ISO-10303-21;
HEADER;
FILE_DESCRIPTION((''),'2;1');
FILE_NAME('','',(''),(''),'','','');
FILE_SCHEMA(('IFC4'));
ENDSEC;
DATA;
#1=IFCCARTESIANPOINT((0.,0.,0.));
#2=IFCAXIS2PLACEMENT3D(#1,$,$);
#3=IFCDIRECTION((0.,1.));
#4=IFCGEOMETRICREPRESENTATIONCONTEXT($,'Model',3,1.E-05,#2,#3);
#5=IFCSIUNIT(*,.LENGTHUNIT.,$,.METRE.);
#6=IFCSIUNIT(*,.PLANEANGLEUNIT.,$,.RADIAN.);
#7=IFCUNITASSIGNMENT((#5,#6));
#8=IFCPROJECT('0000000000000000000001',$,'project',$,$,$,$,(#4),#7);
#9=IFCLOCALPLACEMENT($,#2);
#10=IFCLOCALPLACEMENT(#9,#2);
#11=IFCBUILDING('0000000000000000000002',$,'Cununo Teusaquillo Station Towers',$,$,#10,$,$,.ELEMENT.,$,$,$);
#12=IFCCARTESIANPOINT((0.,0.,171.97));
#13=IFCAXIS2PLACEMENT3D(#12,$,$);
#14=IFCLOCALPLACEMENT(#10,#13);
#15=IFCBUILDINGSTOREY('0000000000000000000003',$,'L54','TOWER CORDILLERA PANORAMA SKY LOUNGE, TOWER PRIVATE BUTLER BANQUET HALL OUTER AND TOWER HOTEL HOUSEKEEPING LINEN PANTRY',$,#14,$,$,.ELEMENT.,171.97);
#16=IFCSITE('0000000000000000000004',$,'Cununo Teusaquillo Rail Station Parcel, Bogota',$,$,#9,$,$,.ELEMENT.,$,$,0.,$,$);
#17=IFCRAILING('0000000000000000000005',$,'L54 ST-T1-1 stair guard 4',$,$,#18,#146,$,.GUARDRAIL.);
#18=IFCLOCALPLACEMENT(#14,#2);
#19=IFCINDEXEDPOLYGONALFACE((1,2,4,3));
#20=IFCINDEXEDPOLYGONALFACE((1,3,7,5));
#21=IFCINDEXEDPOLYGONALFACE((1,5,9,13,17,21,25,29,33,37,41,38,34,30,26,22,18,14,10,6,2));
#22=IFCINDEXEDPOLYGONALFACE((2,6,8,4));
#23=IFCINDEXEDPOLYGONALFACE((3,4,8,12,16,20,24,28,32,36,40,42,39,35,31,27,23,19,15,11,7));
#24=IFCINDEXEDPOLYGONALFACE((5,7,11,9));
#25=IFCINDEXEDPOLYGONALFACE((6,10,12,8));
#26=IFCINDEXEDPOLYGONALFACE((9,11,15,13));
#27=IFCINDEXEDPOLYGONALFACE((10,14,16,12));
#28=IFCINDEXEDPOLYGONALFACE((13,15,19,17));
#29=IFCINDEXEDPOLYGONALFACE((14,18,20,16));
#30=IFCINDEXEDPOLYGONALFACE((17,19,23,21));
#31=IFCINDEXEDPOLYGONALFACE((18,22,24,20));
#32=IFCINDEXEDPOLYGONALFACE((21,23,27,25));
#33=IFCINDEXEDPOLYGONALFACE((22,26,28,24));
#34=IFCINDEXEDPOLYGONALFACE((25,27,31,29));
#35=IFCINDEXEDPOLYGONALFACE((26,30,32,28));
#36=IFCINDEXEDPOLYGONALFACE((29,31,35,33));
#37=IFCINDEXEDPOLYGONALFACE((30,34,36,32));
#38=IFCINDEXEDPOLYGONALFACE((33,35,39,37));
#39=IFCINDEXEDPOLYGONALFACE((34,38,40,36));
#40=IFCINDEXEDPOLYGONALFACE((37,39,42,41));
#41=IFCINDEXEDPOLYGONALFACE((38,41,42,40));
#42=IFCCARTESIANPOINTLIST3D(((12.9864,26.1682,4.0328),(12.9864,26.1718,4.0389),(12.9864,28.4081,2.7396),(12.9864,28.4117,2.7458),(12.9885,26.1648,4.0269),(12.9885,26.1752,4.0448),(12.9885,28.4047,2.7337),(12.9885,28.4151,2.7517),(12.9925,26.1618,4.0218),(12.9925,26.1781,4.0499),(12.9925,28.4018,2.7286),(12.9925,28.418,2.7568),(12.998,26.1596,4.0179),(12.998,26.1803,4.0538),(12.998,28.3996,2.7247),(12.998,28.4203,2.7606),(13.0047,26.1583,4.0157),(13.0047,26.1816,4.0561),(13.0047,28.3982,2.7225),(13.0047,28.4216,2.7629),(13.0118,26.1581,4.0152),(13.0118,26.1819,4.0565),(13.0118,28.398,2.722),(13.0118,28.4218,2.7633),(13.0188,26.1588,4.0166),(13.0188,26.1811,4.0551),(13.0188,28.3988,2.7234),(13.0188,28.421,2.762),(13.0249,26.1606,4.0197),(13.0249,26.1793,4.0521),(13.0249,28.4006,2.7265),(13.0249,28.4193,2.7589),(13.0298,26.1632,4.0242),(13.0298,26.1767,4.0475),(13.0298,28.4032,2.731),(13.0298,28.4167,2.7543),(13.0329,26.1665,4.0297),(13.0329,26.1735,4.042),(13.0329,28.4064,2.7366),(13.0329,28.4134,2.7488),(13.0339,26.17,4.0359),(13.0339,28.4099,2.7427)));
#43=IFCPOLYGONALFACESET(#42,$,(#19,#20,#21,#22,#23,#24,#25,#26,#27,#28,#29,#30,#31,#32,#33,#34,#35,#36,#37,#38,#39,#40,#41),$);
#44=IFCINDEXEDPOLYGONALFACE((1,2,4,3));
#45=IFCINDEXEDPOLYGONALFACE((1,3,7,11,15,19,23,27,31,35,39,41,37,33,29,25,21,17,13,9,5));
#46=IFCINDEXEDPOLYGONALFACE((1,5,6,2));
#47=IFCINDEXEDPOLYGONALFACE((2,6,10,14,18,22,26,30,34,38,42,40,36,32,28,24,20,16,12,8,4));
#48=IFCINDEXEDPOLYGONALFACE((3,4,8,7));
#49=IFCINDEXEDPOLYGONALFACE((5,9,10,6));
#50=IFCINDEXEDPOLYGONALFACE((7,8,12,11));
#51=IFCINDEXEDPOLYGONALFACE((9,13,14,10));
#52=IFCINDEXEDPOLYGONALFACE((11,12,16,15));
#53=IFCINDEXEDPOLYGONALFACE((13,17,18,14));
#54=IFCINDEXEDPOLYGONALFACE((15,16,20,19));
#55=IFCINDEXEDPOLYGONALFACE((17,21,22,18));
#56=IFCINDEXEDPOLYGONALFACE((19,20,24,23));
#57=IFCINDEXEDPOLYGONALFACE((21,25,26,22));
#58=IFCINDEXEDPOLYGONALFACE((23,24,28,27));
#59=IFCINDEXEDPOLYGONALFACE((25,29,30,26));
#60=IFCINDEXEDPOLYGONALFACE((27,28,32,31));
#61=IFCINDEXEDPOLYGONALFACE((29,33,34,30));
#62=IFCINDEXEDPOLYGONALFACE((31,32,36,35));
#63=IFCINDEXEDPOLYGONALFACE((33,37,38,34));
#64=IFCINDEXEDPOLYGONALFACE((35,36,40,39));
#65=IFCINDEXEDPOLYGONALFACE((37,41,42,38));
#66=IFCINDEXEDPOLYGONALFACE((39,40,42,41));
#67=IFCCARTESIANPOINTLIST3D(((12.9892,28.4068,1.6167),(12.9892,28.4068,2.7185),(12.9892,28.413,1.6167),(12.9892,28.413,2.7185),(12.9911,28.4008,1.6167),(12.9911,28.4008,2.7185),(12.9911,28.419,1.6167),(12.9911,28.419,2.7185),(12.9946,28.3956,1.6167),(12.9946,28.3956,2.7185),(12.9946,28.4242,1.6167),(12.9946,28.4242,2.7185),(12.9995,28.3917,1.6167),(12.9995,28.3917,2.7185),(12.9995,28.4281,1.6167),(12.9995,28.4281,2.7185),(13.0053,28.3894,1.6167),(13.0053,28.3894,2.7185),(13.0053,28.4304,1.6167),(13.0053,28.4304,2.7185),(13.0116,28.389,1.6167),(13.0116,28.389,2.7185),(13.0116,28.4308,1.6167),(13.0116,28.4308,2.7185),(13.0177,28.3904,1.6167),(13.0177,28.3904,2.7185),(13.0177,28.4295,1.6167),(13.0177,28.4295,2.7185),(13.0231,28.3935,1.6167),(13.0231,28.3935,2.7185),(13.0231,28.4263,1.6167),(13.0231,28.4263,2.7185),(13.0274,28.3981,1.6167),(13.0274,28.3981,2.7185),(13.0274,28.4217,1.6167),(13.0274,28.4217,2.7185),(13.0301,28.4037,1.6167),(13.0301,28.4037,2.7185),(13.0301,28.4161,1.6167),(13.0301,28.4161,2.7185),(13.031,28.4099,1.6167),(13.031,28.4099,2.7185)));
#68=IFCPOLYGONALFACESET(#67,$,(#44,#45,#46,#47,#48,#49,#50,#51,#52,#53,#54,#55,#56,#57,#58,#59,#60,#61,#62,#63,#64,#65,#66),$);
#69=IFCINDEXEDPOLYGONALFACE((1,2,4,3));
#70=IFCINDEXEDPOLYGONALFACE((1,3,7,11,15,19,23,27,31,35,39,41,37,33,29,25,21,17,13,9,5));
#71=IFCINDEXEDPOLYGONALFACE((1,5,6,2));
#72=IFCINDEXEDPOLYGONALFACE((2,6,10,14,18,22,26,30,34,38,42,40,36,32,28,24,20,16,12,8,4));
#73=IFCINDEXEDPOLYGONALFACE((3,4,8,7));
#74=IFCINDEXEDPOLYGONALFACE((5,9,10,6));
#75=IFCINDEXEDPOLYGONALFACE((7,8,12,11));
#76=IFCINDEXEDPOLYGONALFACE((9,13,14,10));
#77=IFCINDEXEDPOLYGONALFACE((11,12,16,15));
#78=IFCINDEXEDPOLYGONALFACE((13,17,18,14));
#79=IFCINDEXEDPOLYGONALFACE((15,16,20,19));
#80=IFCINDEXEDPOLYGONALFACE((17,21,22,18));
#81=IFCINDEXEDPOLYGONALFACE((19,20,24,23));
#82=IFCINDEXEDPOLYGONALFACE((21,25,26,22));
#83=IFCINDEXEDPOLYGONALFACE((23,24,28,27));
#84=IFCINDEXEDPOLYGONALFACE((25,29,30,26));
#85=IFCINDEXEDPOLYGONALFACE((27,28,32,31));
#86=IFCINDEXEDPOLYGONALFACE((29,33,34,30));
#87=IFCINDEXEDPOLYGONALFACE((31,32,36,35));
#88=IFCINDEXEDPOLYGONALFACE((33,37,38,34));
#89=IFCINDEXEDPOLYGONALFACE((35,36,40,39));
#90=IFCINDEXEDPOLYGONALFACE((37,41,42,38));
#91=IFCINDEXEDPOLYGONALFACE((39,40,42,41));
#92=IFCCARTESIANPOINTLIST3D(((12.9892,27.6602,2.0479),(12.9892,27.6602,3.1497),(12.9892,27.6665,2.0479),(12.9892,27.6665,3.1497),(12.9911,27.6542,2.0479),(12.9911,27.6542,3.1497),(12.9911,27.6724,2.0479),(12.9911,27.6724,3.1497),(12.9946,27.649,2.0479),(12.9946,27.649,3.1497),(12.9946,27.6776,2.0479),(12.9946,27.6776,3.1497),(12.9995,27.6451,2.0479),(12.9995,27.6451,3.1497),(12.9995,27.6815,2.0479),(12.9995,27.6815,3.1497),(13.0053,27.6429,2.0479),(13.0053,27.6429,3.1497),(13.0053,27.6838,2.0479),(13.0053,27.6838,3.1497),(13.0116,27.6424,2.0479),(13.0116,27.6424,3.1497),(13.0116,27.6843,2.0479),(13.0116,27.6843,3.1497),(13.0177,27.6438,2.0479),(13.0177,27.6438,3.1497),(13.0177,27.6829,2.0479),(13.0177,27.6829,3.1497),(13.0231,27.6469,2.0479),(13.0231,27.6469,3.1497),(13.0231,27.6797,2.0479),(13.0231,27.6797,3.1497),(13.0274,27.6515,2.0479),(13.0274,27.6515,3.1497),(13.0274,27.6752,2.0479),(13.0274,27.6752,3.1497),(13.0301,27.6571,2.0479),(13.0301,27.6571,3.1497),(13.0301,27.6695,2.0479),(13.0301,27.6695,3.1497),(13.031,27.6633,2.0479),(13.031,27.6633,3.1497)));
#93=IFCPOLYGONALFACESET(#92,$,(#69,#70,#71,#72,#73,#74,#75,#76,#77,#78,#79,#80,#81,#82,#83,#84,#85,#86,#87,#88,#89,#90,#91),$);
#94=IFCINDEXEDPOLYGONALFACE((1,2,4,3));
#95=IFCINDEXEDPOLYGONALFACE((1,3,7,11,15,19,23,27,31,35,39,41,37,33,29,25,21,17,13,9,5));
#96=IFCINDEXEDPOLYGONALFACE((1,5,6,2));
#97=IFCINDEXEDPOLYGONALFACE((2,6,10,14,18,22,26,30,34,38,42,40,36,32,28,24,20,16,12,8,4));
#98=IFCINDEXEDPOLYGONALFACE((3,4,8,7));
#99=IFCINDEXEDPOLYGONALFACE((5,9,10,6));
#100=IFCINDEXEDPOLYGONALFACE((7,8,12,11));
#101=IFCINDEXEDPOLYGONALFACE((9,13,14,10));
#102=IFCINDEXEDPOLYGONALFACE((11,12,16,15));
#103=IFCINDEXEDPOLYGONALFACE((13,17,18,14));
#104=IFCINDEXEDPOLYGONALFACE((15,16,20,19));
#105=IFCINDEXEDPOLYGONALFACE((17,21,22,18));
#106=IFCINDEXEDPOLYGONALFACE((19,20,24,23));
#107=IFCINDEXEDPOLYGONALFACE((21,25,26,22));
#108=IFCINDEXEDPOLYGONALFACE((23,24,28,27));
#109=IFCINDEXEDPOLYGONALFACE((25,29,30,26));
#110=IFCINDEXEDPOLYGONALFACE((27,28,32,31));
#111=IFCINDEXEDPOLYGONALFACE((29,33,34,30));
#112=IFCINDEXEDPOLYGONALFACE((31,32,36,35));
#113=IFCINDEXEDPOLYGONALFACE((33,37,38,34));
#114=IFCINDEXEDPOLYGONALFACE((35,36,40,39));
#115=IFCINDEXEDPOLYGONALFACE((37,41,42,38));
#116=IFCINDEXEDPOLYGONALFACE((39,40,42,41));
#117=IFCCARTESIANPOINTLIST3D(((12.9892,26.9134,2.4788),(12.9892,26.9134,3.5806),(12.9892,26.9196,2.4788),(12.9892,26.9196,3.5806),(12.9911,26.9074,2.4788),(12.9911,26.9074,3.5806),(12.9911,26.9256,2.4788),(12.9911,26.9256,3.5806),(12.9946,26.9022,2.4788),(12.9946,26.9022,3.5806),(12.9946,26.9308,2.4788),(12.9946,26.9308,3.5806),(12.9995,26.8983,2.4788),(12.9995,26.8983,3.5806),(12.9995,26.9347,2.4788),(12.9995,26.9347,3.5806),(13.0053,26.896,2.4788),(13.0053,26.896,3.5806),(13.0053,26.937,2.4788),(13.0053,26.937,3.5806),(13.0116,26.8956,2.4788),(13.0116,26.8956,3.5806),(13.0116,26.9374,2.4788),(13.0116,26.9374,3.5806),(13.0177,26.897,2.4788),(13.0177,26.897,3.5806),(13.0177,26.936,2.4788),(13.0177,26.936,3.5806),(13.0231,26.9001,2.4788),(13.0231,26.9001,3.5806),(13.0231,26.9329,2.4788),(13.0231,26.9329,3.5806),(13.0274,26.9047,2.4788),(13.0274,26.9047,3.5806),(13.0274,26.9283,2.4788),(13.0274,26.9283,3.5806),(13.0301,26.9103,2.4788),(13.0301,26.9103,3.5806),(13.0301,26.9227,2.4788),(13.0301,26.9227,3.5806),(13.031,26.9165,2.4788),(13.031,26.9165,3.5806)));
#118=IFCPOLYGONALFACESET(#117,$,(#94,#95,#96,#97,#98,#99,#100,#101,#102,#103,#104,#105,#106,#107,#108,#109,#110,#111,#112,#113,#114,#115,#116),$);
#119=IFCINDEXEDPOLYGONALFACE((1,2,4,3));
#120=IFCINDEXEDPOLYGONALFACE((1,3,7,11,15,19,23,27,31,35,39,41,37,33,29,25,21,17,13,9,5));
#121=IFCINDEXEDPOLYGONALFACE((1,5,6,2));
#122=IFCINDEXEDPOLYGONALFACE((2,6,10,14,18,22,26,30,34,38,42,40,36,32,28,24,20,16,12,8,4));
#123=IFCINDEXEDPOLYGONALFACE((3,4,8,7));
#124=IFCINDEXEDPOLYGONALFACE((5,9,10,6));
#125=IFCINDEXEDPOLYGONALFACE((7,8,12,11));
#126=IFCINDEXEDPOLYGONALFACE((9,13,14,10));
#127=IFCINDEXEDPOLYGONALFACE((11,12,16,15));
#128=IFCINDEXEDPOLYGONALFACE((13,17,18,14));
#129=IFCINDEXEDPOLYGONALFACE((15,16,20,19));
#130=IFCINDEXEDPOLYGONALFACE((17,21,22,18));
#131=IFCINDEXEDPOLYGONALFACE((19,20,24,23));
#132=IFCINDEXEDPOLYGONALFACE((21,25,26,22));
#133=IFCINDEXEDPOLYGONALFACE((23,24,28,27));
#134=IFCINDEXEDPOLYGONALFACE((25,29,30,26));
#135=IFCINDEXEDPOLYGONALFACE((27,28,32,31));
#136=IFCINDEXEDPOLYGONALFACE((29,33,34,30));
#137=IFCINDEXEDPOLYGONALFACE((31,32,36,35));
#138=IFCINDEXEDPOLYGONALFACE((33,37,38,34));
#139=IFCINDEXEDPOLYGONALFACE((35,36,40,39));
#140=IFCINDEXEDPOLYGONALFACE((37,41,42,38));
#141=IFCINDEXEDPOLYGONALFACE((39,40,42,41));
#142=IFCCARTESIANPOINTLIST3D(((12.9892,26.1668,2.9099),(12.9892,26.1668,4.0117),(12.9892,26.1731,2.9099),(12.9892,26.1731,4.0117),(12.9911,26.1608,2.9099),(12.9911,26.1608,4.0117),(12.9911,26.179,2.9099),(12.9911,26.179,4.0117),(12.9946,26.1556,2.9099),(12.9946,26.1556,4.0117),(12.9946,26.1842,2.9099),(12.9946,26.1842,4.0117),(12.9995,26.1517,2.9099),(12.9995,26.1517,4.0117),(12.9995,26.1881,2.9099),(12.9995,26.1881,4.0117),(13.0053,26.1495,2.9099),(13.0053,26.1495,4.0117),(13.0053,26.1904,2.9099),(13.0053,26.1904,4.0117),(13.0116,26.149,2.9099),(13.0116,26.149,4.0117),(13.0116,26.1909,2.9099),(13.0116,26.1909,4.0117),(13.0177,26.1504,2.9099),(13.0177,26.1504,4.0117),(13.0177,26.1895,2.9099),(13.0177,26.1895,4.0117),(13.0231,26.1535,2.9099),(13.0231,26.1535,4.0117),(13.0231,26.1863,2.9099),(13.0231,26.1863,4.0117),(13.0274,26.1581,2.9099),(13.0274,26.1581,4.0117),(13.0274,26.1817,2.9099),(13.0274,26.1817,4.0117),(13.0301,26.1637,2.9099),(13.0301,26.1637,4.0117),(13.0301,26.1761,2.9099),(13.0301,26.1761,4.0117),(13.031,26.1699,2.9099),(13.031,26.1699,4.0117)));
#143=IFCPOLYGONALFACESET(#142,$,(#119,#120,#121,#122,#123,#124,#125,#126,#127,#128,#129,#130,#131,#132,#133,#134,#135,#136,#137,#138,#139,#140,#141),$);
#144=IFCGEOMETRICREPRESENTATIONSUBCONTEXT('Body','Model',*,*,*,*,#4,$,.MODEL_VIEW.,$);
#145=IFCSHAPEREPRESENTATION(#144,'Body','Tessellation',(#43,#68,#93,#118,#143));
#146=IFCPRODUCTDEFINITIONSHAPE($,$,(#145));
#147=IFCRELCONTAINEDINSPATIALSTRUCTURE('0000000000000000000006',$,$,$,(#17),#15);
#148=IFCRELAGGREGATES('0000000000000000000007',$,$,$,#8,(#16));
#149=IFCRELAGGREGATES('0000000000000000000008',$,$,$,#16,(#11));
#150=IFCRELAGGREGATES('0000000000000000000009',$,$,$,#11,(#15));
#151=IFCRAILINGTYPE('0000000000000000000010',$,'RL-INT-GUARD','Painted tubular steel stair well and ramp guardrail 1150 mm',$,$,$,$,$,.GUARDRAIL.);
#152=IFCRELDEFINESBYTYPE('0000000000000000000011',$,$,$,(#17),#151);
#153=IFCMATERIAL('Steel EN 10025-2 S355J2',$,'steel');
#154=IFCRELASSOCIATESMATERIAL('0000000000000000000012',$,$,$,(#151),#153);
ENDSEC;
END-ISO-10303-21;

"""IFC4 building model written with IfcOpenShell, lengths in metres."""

from ifc_helpers import new_model, si_unit, direction, frame, origin, origin_2d, place, context, subcontext, project, spatial, circle, extrude, material, type_object, element, save


model = new_model("IFC4")

# Units and contexts
model_context = context("Model", 3, precision=1e-05, world=origin(), true_north=direction((0.0, 1.0)))
body_context = subcontext(model_context, "Body", "Model", "MODEL_VIEW")
ifc_project = project(units=[si_unit("LENGTHUNIT", "METRE"), si_unit("PLANEANGLEUNIT", "RADIAN")], contexts=[model_context])

# Site, building, storey
site_placement = place(None, origin())
site = spatial("IfcSite", under=ifc_project, at=site_placement, Name="Cununo Teusaquillo Rail Station Parcel, Bogota", CompositionType="ELEMENT", RefElevation=0.0)
building_placement = place(site_placement, origin())
building = spatial("IfcBuilding", under=site, at=building_placement, Name="Cununo Teusaquillo Station Towers", CompositionType="ELEMENT")
storey_placement = place(building_placement, frame((0.0, 0.0, 171.97)))
storey = spatial("IfcBuildingStorey", under=building, at=storey_placement, Name="L54", Description="TOWER CORDILLERA PANORAMA SKY LOUNGE, TOWER PRIVATE BUTLER BANQUET HALL OUTER AND TOWER HOTEL HOUSEKEEPING LINEN PANTRY", CompositionType="ELEMENT", Elevation=171.97)

# Railing
ifc_material_1 = material(Name="Steel EN 10025-2 S355J2", Category="steel")
railing_type_1 = type_object("IfcRailingType", Name="RL-INT-GUARD", Description="Painted tubular steel stair well and ramp guardrail 1150 mm", PredefinedType="GUARDRAIL", material=ifc_material_1)
railing_1_placement = place(storey_placement, frame((13.01, 28.4099, 1.6167)))
element("IfcRailing", 1, at=railing_1_placement, inside=storey, type_object=railing_type_1, Name="L54 ST-T1-1 stair guard 4", PredefinedType="GUARDRAIL", context=body_context, shape_type="SweptSolid", body=[
    extrude(circle(Radius=0.0239, at=origin_2d()), frame((0.0, 0.0, 1.126), z_axis=(0.0, -0.866033, 0.499987), x_axis=(1.0, 0.0, 0.0)), (0.0, 0.0, 1.0), 2.5864),
    extrude(circle(Radius=0.021, at=origin_2d()), origin(), (0.0, 0.0, 1.0), 1.1018),
    extrude(circle(Radius=0.021, at=origin_2d()), frame((0.0, -0.7466, 0.4312)), (0.0, 0.0, 1.0), 1.1018),
    extrude(circle(Radius=0.021, at=origin_2d()), frame((0.0, -1.4934, 0.8621)), (0.0, 0.0, 1.0), 1.1018),
    extrude(circle(Radius=0.021, at=origin_2d()), frame((0.0, -2.24, 1.2932)), (0.0, 0.0, 1.0), 1.1018),
])

save(model, "model.ifc")
